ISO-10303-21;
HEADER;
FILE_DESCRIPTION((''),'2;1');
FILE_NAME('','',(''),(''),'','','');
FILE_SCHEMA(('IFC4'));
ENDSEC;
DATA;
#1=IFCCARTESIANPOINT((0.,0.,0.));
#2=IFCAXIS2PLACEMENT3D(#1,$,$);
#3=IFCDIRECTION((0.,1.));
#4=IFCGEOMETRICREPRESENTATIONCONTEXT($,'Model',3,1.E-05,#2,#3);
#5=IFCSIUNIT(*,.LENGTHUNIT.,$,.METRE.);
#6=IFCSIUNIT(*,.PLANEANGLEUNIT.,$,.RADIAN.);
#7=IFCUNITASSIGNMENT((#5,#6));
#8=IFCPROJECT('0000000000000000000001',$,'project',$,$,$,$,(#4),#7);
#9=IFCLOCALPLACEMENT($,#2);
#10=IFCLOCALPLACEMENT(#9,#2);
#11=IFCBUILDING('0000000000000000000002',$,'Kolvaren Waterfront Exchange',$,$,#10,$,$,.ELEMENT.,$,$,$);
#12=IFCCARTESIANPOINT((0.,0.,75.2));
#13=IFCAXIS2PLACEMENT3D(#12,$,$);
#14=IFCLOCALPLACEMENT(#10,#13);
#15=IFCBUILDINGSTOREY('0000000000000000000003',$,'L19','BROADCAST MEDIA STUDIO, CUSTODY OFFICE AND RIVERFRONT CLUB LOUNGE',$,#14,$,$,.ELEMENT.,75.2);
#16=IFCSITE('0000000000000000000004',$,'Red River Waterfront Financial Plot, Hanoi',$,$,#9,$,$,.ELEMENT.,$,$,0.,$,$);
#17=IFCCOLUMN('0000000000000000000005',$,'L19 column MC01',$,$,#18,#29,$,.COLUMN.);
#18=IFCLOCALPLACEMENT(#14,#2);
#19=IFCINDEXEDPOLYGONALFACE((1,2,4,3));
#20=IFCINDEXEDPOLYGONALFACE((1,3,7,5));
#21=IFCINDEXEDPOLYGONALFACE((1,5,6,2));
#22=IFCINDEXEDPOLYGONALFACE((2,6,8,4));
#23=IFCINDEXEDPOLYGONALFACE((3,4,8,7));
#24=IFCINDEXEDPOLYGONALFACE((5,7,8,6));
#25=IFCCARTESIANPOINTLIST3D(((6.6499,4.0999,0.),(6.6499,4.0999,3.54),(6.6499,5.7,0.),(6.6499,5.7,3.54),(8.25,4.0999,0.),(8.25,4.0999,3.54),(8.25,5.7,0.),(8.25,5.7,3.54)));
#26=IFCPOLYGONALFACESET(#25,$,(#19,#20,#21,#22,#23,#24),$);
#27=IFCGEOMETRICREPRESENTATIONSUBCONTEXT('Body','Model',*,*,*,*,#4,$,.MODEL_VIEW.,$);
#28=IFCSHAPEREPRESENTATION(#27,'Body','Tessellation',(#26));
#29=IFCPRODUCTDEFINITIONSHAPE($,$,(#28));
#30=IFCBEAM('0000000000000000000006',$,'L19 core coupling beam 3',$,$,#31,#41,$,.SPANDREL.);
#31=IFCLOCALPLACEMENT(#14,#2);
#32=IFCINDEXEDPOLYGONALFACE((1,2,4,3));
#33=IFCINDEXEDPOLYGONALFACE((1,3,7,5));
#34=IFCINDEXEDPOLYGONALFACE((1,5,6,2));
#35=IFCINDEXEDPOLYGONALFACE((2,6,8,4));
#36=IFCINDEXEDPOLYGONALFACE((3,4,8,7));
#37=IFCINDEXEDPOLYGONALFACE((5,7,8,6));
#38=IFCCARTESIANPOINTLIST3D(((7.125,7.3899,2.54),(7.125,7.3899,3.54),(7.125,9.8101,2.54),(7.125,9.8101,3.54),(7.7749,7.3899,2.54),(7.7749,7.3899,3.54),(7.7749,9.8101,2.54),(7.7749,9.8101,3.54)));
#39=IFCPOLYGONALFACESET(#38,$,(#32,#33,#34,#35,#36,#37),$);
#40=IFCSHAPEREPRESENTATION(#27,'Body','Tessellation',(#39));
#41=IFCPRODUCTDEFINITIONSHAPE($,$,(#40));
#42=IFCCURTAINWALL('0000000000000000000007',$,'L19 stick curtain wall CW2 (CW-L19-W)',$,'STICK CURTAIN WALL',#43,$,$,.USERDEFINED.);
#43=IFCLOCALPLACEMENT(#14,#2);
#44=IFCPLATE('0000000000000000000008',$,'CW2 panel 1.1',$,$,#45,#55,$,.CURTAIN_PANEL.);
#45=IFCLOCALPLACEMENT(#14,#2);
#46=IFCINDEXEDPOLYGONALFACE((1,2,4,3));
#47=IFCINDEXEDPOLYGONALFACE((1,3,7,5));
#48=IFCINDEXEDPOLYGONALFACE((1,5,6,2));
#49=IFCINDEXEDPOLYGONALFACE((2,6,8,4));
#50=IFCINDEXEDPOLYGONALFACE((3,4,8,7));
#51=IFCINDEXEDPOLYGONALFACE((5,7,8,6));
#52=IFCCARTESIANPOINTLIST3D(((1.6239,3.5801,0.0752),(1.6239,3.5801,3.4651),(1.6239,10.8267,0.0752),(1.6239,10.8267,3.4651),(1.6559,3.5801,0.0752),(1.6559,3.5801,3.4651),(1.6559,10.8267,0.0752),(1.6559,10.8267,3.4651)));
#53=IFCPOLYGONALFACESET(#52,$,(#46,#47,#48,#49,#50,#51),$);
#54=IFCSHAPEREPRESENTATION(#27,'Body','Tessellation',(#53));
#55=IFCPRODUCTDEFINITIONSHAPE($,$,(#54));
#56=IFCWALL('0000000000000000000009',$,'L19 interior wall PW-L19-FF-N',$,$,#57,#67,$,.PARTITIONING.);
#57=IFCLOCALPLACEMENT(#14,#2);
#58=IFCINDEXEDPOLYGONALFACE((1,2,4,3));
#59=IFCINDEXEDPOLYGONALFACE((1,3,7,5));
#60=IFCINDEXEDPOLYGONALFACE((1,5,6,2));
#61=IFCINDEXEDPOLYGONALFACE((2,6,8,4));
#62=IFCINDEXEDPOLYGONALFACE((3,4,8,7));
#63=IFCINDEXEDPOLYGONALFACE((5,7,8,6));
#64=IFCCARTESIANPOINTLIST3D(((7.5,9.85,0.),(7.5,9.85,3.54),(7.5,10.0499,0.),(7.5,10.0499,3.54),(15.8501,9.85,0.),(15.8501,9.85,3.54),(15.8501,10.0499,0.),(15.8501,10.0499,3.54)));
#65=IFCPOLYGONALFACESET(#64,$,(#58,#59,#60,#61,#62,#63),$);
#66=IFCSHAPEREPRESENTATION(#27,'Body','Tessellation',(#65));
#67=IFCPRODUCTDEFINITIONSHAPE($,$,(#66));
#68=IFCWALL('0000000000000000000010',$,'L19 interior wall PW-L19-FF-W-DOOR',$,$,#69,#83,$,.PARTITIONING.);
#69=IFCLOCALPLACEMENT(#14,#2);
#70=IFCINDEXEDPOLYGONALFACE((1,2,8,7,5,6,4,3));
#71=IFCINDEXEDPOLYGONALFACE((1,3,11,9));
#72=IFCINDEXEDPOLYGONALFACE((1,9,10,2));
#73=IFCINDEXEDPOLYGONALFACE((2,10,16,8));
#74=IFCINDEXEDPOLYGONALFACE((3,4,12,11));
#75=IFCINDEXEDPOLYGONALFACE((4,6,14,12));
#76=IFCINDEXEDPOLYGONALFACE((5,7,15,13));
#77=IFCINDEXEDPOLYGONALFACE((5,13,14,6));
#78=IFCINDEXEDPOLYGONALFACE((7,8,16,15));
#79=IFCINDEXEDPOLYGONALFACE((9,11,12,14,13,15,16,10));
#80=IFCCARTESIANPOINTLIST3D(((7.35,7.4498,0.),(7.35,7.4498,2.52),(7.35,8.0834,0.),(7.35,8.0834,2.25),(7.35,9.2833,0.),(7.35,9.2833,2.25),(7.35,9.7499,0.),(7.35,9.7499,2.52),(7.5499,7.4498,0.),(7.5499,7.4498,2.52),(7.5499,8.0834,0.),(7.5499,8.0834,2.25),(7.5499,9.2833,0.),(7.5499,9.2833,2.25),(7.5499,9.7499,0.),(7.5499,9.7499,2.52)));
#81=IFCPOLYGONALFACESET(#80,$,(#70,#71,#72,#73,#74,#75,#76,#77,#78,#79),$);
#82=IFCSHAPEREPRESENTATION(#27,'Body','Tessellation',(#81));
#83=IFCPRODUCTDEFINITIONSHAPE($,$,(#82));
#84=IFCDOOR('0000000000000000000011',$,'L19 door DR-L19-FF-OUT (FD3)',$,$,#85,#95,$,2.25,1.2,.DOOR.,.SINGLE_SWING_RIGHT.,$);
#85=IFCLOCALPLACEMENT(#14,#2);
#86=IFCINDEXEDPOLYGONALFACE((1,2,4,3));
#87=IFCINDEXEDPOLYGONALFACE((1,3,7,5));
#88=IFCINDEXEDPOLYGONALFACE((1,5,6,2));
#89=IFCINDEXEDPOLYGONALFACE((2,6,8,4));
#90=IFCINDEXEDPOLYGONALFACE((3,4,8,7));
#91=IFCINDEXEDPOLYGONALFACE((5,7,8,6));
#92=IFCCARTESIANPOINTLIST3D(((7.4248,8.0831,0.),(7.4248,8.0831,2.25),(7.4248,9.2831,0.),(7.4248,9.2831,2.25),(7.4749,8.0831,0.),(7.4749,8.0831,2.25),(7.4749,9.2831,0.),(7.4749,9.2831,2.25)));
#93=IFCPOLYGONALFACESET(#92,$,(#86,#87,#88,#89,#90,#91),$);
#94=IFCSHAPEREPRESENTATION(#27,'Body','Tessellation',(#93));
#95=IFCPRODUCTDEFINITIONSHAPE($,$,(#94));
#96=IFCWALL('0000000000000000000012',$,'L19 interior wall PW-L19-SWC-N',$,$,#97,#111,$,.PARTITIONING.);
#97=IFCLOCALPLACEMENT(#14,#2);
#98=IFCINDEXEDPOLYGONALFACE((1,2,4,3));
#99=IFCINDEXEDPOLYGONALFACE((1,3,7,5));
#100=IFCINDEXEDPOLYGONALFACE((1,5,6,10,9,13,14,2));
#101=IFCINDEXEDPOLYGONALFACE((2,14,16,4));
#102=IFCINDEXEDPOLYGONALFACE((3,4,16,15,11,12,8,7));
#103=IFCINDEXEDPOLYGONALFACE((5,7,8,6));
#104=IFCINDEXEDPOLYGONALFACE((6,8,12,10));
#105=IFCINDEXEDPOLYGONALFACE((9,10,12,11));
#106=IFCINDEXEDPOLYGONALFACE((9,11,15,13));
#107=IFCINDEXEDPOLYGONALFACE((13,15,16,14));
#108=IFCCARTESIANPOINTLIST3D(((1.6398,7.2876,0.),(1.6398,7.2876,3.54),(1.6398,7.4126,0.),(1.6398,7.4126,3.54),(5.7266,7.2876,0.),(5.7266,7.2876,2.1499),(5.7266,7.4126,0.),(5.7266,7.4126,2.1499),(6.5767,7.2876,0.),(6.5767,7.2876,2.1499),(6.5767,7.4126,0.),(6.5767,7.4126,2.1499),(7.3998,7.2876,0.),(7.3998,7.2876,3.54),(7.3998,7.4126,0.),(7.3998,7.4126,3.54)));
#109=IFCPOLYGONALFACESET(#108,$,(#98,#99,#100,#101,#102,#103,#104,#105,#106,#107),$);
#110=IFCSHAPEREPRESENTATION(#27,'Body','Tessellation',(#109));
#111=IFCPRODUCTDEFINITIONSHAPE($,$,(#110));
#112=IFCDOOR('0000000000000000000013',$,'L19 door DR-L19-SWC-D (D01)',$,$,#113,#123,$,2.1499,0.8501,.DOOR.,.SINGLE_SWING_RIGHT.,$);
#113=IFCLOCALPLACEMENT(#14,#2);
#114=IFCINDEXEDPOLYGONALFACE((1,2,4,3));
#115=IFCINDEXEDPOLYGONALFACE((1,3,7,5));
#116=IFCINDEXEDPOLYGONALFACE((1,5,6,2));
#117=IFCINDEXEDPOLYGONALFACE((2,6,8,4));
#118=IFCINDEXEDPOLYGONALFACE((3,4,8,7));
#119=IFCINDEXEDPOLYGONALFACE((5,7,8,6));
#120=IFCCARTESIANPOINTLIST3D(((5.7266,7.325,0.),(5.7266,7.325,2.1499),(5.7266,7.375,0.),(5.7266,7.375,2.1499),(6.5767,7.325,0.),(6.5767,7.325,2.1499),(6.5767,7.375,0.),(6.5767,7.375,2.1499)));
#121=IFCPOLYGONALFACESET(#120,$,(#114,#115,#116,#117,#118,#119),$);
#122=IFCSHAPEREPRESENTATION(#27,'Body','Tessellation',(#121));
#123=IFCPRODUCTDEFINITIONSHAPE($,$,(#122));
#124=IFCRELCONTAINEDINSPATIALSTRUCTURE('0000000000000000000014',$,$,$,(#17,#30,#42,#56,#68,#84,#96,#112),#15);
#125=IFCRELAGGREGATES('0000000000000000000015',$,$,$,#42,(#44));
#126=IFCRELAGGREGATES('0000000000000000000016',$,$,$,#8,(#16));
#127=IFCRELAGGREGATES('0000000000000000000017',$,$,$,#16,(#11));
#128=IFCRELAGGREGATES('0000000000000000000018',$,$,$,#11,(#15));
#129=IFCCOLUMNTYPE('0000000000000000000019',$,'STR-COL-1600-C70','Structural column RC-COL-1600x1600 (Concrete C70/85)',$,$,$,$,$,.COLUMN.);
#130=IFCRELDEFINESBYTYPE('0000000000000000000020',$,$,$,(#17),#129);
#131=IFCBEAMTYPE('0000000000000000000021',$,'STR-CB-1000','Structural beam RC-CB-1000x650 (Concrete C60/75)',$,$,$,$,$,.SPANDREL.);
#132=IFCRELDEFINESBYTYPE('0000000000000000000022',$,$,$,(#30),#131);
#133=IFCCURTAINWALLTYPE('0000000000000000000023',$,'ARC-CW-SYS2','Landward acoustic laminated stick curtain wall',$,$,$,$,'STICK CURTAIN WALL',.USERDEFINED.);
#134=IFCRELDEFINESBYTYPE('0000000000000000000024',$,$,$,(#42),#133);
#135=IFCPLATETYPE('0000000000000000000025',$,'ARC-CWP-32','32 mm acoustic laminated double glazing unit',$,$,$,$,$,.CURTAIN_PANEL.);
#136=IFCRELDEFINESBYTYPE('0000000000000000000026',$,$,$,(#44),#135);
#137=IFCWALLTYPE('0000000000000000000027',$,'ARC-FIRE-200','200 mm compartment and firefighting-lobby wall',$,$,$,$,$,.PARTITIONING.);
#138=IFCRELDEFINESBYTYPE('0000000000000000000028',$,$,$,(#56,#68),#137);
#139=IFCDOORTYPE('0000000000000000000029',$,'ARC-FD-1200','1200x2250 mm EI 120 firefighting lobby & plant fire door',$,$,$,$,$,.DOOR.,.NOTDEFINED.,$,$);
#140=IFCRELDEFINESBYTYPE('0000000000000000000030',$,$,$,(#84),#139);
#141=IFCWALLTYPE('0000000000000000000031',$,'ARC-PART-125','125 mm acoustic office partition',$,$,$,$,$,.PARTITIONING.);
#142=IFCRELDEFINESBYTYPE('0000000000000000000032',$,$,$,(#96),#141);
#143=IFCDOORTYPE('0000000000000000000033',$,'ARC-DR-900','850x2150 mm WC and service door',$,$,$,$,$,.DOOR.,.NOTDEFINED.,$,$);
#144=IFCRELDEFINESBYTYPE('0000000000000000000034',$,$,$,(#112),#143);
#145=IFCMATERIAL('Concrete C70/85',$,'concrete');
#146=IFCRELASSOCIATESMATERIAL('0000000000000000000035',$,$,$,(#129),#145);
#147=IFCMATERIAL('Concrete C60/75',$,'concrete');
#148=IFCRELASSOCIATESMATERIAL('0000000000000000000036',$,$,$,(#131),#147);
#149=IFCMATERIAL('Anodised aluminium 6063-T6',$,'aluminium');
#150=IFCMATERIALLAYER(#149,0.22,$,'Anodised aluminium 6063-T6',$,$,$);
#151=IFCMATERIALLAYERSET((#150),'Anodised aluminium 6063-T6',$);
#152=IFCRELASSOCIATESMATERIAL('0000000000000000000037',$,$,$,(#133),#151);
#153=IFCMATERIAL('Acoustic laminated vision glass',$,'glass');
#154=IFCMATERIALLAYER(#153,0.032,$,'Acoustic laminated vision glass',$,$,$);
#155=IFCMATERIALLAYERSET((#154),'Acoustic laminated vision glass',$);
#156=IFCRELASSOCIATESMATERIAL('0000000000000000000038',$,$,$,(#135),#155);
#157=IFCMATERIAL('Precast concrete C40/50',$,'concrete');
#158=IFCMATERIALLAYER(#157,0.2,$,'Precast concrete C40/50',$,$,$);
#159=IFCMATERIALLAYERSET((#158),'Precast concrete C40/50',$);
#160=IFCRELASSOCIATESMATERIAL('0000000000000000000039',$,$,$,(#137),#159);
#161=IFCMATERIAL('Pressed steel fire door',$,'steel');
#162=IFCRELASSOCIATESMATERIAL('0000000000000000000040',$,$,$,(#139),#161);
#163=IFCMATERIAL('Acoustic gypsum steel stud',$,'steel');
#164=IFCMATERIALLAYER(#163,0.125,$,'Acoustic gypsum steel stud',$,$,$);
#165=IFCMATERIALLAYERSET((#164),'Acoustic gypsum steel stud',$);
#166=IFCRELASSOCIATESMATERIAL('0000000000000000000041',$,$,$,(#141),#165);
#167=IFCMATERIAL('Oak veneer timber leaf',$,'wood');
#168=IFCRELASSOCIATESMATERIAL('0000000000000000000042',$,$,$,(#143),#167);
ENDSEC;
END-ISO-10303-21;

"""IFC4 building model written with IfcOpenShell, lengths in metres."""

from ifc_helpers import new_model, si_unit, direction, frame, frame_2d, origin, origin_with_axes, origin_2d, place, context, subcontext, project, spatial, rectangle, extrude, source, transform, mapped, material, layer, layer_set, material_profile, profile_set, type_object, element, fill, aggregate, save


model = new_model("IFC4")

# Units and contexts
model_context = context("Model", 3, precision=1e-05, world=origin(), true_north=direction((0.0, 1.0)))
body_context = subcontext(model_context, "Body", "Model", "MODEL_VIEW")
ifc_project = project(units=[si_unit("LENGTHUNIT", "METRE"), si_unit("PLANEANGLEUNIT", "RADIAN")], contexts=[model_context])

# Site, building, storey
site_placement = place(None, origin())
site = spatial("IfcSite", under=ifc_project, at=site_placement, Name="Red River Waterfront Financial Plot, Hanoi", CompositionType="ELEMENT", RefElevation=0.0)
building_placement = place(site_placement, origin())
building = spatial("IfcBuilding", under=site, at=building_placement, Name="Kolvaren Waterfront Exchange", CompositionType="ELEMENT")
storey_placement = place(building_placement, frame((0.0, 0.0, 75.2)))
storey = spatial("IfcBuildingStorey", under=building, at=storey_placement, Name="L19", Description="BROADCAST MEDIA STUDIO, CUSTODY OFFICE AND RIVERFRONT CLUB LOUNGE", CompositionType="ELEMENT", Elevation=75.2)

# Column
ifc_material_1 = material(Name="Concrete C70/85", Category="concrete")
ifc_material_profile_1 = material_profile(ifc_material_1, rectangle(XDim=1.6001, YDim=1.6001, at=origin_2d()), Name="RC-COL-1600x1600")
ifc_profile_set_1 = profile_set([ifc_material_profile_1], Name="Concrete C70/85")
column_type = type_object("IfcColumnType", Name="STR-COL-1600-C70", Description="Structural column RC-COL-1600x1600 (Concrete C70/85)", PredefinedType="COLUMN", material=ifc_profile_set_1)
column_placement = place(storey_placement, frame((7.45, 4.8999, 0.0), z_axis=(0.0, 0.0, 1.0), x_axis=(1.0, 0.0, 0.0)))
element("IfcColumn", 1, at=column_placement, inside=storey, type_object=column_type, Name="L19 column MC01", PredefinedType="COLUMN", context=body_context, shape_type="SweptSolid", body=[
    extrude(rectangle(XDim=1.6001, YDim=1.6001, at=origin_2d()), origin(), (0.0, 0.0, 1.0), 3.54),
])

# Beam
ifc_material_2 = material(Name="Concrete C60/75", Category="concrete")
ifc_material_profile_2 = material_profile(ifc_material_2, rectangle(XDim=0.6499, YDim=1.0, at=origin_2d()), Name="RC-CB-1000x650")
ifc_profile_set_2 = profile_set([ifc_material_profile_2], Name="Concrete C60/75")
beam_type = type_object("IfcBeamType", Name="STR-CB-1000", Description="Structural beam RC-CB-1000x650 (Concrete C60/75)", PredefinedType="SPANDREL", material=ifc_profile_set_2)
beam_placement = place(storey_placement, frame((7.45, 7.3899, 3.04), z_axis=(0.0, 1.0, 0.0), x_axis=(-1.0, 0.0, 0.0)))
element("IfcBeam", 2, at=beam_placement, inside=storey, type_object=beam_type, Name="L19 core coupling beam 3", PredefinedType="SPANDREL", context=body_context, shape_type="SweptSolid", body=[
    extrude(rectangle(XDim=0.6499, YDim=1.0, at=origin_2d()), origin(), (0.0, 0.0, 1.0), 2.4202),
])

# Curtain wall, plate
ifc_material_3 = material(Name="Anodised aluminium 6063-T6", Category="aluminium")
ifc_layer_1 = layer(ifc_material_3, 0.22, Name="Anodised aluminium 6063-T6")
ifc_layer_set_1 = layer_set([ifc_layer_1], Name="Anodised aluminium 6063-T6")
curtain_wall_type = type_object("IfcCurtainWallType", Name="ARC-CW-SYS2", Description="Landward acoustic laminated stick curtain wall", ElementType="STICK CURTAIN WALL", PredefinedType="USERDEFINED", material=ifc_layer_set_1)
curtain_wall_placement = place(storey_placement, origin())
curtain_wall = element("IfcCurtainWall", 3, at=curtain_wall_placement, inside=storey, type_object=curtain_wall_type, Name="L19 stick curtain wall CW2 (CW-L19-W)", ObjectType="STICK CURTAIN WALL", PredefinedType="USERDEFINED")
ifc_material_4 = material(Name="Acoustic laminated vision glass", Category="glass")
ifc_layer_2 = layer(ifc_material_4, 0.032, Name="Acoustic laminated vision glass")
ifc_layer_set_2 = layer_set([ifc_layer_2], Name="Acoustic laminated vision glass")
plate_type = type_object("IfcPlateType", Name="ARC-CWP-32", Description="32 mm acoustic laminated double glazing unit", PredefinedType="CURTAIN_PANEL", material=ifc_layer_set_2)
shared_shape = source(origin_with_axes(), body_context, "Body", "SweptSolid", [
    extrude(rectangle(XDim=7.2466, YDim=0.032, at=origin_2d()), origin(), (0.0, 0.0, 1.0), 3.3899),
])
plate_placement = place(storey_placement, frame((1.6399, 7.2034, 0.0752), z_axis=(0.0, 0.0, 1.0), x_axis=(0.0, 1.0, 0.0)))
plate = element("IfcPlate", 4, at=plate_placement, type_object=plate_type, Name="CW2 panel 1.1", PredefinedType="CURTAIN_PANEL", context=body_context, shape_type="MappedRepresentation", body=[
    mapped(shared_shape, transform((0.0, 0.0, 0.0), x_axis=(1.0, 0.0, 0.0), y_axis=(0.0, 1.0, 0.0), z_axis=(0.0, 0.0, 1.0), scale=1.0)),
])
aggregate(curtain_wall, [plate])

# Wall
ifc_material_5 = material(Name="Precast concrete C40/50", Category="concrete")
ifc_layer_3 = layer(ifc_material_5, 0.2, Name="Precast concrete C40/50")
ifc_layer_set_3 = layer_set([ifc_layer_3], Name="Precast concrete C40/50")
wall_type_1 = type_object("IfcWallType", Name="ARC-FIRE-200", Description="200 mm compartment and firefighting-lobby wall", PredefinedType="PARTITIONING", material=ifc_layer_set_3)
wall_1_placement = place(storey_placement, frame((7.5, 9.95, 0.0), z_axis=(0.0, 0.0, 1.0), x_axis=(1.0, 0.0, 0.0)))
element("IfcWall", 5, at=wall_1_placement, inside=storey, type_object=wall_type_1, Name="L19 interior wall PW-L19-FF-N", PredefinedType="PARTITIONING", context=body_context, shape_type="SweptSolid", body=[
    extrude(rectangle(XDim=8.3501, YDim=0.2, at=frame_2d((4.175, 0.0))), origin(), (0.0, 0.0, 1.0), 3.54),
])

# Walls, openings, doors
wall_2_placement = place(storey_placement, frame((7.45, 7.45, 0.0), z_axis=(0.0, 0.0, 1.0), x_axis=(0.0, 1.0, 0.0)))
wall_2 = element("IfcWall", 6, at=wall_2_placement, inside=storey, type_object=wall_type_1, Name="L19 interior wall PW-L19-FF-W-DOOR", PredefinedType="PARTITIONING", context=body_context, shape_type="SweptSolid", body=[
    extrude(rectangle(XDim=2.3, YDim=0.2, at=frame_2d((1.1499, 0.0))), origin(), (0.0, 0.0, 1.0), 2.52),
])
opening_1_placement = place(wall_2_placement, frame((0.6333, 0.0, 0.0)))
opening_1 = element("IfcOpeningElement", 7, at=opening_1_placement, cuts=wall_2, PredefinedType="OPENING", context=body_context, shape_type="SweptSolid", body=[
    extrude(rectangle(XDim=1.2, YDim=2.25, at=frame_2d((0.6001, 1.125))), frame((0.0, 0.1099, 0.0), z_axis=(0.0, -1.0, 0.0), x_axis=(1.0, 0.0, 0.0)), (0.0, 0.0, 1.0), 0.22),
])
ifc_material_6 = material(Name="Pressed steel fire door", Category="steel")
door_type_1 = type_object("IfcDoorType", Name="ARC-FD-1200", Description="1200x2250 mm EI 120 firefighting lobby & plant fire door", OperationType="NOTDEFINED", PredefinedType="DOOR", material=ifc_material_6)
door_1_placement = place(opening_1_placement, frame((1.2, 0.0, 0.0), z_axis=(0.0, 0.0, 1.0), x_axis=(-1.0, 0.0, 0.0)))
door_1 = element("IfcDoor", 8, at=door_1_placement, inside=storey, type_object=door_type_1, Name="L19 door DR-L19-FF-OUT (FD3)", OperationType="SINGLE_SWING_RIGHT", OverallHeight=2.25, OverallWidth=1.2, PredefinedType="DOOR", context=body_context, shape_type="SweptSolid", body=[
    extrude(rectangle(XDim=1.2, YDim=2.25, at=frame_2d((0.6001, 1.125))), frame((0.0, 0.0249, 0.0), z_axis=(0.0, -1.0, 0.0), x_axis=(1.0, 0.0, 0.0)), (0.0, 0.0, 1.0), 0.05),
])
fill(opening_1, door_1)
ifc_material_7 = material(Name="Acoustic gypsum steel stud", Category="steel")
ifc_layer_4 = layer(ifc_material_7, 0.125, Name="Acoustic gypsum steel stud")
ifc_layer_set_4 = layer_set([ifc_layer_4], Name="Acoustic gypsum steel stud")
wall_type_2 = type_object("IfcWallType", Name="ARC-PART-125", Description="125 mm acoustic office partition", PredefinedType="PARTITIONING", material=ifc_layer_set_4)
wall_3_placement = place(storey_placement, frame((1.6399, 7.3501, 0.0), z_axis=(0.0, 0.0, 1.0), x_axis=(1.0, 0.0, 0.0)))
wall_3 = element("IfcWall", 9, at=wall_3_placement, inside=storey, type_object=wall_type_2, Name="L19 interior wall PW-L19-SWC-N", PredefinedType="PARTITIONING", context=body_context, shape_type="SweptSolid", body=[
    extrude(rectangle(XDim=5.76, YDim=0.125, at=frame_2d((2.8799, 0.0))), origin(), (0.0, 0.0, 1.0), 3.54),
])
opening_2_placement = place(wall_3_placement, frame((4.0867, 0.0, 0.0)))
opening_2 = element("IfcOpeningElement", 10, at=opening_2_placement, cuts=wall_3, PredefinedType="OPENING", context=body_context, shape_type="SweptSolid", body=[
    extrude(rectangle(XDim=0.8501, YDim=2.1499, at=frame_2d((0.425, 1.075))), frame((0.0, 0.0725, 0.0), z_axis=(0.0, -1.0, 0.0), x_axis=(1.0, 0.0, 0.0)), (0.0, 0.0, 1.0), 0.145),
])
ifc_material_8 = material(Name="Oak veneer timber leaf", Category="wood")
door_type_2 = type_object("IfcDoorType", Name="ARC-DR-900", Description="850x2150 mm WC and service door", OperationType="NOTDEFINED", PredefinedType="DOOR", material=ifc_material_8)
door_2_placement = place(opening_2_placement, origin())
door_2 = element("IfcDoor", 11, at=door_2_placement, inside=storey, type_object=door_type_2, Name="L19 door DR-L19-SWC-D (D01)", OperationType="SINGLE_SWING_RIGHT", OverallHeight=2.1499, OverallWidth=0.8501, PredefinedType="DOOR", context=body_context, shape_type="SweptSolid", body=[
    extrude(rectangle(XDim=0.8501, YDim=2.1499, at=frame_2d((0.425, 1.075))), frame((0.0, 0.0249, 0.0), z_axis=(0.0, -1.0, 0.0), x_axis=(1.0, 0.0, 0.0)), (0.0, 0.0, 1.0), 0.05),
])
fill(opening_2, door_2)

save(model, "model.ifc")
